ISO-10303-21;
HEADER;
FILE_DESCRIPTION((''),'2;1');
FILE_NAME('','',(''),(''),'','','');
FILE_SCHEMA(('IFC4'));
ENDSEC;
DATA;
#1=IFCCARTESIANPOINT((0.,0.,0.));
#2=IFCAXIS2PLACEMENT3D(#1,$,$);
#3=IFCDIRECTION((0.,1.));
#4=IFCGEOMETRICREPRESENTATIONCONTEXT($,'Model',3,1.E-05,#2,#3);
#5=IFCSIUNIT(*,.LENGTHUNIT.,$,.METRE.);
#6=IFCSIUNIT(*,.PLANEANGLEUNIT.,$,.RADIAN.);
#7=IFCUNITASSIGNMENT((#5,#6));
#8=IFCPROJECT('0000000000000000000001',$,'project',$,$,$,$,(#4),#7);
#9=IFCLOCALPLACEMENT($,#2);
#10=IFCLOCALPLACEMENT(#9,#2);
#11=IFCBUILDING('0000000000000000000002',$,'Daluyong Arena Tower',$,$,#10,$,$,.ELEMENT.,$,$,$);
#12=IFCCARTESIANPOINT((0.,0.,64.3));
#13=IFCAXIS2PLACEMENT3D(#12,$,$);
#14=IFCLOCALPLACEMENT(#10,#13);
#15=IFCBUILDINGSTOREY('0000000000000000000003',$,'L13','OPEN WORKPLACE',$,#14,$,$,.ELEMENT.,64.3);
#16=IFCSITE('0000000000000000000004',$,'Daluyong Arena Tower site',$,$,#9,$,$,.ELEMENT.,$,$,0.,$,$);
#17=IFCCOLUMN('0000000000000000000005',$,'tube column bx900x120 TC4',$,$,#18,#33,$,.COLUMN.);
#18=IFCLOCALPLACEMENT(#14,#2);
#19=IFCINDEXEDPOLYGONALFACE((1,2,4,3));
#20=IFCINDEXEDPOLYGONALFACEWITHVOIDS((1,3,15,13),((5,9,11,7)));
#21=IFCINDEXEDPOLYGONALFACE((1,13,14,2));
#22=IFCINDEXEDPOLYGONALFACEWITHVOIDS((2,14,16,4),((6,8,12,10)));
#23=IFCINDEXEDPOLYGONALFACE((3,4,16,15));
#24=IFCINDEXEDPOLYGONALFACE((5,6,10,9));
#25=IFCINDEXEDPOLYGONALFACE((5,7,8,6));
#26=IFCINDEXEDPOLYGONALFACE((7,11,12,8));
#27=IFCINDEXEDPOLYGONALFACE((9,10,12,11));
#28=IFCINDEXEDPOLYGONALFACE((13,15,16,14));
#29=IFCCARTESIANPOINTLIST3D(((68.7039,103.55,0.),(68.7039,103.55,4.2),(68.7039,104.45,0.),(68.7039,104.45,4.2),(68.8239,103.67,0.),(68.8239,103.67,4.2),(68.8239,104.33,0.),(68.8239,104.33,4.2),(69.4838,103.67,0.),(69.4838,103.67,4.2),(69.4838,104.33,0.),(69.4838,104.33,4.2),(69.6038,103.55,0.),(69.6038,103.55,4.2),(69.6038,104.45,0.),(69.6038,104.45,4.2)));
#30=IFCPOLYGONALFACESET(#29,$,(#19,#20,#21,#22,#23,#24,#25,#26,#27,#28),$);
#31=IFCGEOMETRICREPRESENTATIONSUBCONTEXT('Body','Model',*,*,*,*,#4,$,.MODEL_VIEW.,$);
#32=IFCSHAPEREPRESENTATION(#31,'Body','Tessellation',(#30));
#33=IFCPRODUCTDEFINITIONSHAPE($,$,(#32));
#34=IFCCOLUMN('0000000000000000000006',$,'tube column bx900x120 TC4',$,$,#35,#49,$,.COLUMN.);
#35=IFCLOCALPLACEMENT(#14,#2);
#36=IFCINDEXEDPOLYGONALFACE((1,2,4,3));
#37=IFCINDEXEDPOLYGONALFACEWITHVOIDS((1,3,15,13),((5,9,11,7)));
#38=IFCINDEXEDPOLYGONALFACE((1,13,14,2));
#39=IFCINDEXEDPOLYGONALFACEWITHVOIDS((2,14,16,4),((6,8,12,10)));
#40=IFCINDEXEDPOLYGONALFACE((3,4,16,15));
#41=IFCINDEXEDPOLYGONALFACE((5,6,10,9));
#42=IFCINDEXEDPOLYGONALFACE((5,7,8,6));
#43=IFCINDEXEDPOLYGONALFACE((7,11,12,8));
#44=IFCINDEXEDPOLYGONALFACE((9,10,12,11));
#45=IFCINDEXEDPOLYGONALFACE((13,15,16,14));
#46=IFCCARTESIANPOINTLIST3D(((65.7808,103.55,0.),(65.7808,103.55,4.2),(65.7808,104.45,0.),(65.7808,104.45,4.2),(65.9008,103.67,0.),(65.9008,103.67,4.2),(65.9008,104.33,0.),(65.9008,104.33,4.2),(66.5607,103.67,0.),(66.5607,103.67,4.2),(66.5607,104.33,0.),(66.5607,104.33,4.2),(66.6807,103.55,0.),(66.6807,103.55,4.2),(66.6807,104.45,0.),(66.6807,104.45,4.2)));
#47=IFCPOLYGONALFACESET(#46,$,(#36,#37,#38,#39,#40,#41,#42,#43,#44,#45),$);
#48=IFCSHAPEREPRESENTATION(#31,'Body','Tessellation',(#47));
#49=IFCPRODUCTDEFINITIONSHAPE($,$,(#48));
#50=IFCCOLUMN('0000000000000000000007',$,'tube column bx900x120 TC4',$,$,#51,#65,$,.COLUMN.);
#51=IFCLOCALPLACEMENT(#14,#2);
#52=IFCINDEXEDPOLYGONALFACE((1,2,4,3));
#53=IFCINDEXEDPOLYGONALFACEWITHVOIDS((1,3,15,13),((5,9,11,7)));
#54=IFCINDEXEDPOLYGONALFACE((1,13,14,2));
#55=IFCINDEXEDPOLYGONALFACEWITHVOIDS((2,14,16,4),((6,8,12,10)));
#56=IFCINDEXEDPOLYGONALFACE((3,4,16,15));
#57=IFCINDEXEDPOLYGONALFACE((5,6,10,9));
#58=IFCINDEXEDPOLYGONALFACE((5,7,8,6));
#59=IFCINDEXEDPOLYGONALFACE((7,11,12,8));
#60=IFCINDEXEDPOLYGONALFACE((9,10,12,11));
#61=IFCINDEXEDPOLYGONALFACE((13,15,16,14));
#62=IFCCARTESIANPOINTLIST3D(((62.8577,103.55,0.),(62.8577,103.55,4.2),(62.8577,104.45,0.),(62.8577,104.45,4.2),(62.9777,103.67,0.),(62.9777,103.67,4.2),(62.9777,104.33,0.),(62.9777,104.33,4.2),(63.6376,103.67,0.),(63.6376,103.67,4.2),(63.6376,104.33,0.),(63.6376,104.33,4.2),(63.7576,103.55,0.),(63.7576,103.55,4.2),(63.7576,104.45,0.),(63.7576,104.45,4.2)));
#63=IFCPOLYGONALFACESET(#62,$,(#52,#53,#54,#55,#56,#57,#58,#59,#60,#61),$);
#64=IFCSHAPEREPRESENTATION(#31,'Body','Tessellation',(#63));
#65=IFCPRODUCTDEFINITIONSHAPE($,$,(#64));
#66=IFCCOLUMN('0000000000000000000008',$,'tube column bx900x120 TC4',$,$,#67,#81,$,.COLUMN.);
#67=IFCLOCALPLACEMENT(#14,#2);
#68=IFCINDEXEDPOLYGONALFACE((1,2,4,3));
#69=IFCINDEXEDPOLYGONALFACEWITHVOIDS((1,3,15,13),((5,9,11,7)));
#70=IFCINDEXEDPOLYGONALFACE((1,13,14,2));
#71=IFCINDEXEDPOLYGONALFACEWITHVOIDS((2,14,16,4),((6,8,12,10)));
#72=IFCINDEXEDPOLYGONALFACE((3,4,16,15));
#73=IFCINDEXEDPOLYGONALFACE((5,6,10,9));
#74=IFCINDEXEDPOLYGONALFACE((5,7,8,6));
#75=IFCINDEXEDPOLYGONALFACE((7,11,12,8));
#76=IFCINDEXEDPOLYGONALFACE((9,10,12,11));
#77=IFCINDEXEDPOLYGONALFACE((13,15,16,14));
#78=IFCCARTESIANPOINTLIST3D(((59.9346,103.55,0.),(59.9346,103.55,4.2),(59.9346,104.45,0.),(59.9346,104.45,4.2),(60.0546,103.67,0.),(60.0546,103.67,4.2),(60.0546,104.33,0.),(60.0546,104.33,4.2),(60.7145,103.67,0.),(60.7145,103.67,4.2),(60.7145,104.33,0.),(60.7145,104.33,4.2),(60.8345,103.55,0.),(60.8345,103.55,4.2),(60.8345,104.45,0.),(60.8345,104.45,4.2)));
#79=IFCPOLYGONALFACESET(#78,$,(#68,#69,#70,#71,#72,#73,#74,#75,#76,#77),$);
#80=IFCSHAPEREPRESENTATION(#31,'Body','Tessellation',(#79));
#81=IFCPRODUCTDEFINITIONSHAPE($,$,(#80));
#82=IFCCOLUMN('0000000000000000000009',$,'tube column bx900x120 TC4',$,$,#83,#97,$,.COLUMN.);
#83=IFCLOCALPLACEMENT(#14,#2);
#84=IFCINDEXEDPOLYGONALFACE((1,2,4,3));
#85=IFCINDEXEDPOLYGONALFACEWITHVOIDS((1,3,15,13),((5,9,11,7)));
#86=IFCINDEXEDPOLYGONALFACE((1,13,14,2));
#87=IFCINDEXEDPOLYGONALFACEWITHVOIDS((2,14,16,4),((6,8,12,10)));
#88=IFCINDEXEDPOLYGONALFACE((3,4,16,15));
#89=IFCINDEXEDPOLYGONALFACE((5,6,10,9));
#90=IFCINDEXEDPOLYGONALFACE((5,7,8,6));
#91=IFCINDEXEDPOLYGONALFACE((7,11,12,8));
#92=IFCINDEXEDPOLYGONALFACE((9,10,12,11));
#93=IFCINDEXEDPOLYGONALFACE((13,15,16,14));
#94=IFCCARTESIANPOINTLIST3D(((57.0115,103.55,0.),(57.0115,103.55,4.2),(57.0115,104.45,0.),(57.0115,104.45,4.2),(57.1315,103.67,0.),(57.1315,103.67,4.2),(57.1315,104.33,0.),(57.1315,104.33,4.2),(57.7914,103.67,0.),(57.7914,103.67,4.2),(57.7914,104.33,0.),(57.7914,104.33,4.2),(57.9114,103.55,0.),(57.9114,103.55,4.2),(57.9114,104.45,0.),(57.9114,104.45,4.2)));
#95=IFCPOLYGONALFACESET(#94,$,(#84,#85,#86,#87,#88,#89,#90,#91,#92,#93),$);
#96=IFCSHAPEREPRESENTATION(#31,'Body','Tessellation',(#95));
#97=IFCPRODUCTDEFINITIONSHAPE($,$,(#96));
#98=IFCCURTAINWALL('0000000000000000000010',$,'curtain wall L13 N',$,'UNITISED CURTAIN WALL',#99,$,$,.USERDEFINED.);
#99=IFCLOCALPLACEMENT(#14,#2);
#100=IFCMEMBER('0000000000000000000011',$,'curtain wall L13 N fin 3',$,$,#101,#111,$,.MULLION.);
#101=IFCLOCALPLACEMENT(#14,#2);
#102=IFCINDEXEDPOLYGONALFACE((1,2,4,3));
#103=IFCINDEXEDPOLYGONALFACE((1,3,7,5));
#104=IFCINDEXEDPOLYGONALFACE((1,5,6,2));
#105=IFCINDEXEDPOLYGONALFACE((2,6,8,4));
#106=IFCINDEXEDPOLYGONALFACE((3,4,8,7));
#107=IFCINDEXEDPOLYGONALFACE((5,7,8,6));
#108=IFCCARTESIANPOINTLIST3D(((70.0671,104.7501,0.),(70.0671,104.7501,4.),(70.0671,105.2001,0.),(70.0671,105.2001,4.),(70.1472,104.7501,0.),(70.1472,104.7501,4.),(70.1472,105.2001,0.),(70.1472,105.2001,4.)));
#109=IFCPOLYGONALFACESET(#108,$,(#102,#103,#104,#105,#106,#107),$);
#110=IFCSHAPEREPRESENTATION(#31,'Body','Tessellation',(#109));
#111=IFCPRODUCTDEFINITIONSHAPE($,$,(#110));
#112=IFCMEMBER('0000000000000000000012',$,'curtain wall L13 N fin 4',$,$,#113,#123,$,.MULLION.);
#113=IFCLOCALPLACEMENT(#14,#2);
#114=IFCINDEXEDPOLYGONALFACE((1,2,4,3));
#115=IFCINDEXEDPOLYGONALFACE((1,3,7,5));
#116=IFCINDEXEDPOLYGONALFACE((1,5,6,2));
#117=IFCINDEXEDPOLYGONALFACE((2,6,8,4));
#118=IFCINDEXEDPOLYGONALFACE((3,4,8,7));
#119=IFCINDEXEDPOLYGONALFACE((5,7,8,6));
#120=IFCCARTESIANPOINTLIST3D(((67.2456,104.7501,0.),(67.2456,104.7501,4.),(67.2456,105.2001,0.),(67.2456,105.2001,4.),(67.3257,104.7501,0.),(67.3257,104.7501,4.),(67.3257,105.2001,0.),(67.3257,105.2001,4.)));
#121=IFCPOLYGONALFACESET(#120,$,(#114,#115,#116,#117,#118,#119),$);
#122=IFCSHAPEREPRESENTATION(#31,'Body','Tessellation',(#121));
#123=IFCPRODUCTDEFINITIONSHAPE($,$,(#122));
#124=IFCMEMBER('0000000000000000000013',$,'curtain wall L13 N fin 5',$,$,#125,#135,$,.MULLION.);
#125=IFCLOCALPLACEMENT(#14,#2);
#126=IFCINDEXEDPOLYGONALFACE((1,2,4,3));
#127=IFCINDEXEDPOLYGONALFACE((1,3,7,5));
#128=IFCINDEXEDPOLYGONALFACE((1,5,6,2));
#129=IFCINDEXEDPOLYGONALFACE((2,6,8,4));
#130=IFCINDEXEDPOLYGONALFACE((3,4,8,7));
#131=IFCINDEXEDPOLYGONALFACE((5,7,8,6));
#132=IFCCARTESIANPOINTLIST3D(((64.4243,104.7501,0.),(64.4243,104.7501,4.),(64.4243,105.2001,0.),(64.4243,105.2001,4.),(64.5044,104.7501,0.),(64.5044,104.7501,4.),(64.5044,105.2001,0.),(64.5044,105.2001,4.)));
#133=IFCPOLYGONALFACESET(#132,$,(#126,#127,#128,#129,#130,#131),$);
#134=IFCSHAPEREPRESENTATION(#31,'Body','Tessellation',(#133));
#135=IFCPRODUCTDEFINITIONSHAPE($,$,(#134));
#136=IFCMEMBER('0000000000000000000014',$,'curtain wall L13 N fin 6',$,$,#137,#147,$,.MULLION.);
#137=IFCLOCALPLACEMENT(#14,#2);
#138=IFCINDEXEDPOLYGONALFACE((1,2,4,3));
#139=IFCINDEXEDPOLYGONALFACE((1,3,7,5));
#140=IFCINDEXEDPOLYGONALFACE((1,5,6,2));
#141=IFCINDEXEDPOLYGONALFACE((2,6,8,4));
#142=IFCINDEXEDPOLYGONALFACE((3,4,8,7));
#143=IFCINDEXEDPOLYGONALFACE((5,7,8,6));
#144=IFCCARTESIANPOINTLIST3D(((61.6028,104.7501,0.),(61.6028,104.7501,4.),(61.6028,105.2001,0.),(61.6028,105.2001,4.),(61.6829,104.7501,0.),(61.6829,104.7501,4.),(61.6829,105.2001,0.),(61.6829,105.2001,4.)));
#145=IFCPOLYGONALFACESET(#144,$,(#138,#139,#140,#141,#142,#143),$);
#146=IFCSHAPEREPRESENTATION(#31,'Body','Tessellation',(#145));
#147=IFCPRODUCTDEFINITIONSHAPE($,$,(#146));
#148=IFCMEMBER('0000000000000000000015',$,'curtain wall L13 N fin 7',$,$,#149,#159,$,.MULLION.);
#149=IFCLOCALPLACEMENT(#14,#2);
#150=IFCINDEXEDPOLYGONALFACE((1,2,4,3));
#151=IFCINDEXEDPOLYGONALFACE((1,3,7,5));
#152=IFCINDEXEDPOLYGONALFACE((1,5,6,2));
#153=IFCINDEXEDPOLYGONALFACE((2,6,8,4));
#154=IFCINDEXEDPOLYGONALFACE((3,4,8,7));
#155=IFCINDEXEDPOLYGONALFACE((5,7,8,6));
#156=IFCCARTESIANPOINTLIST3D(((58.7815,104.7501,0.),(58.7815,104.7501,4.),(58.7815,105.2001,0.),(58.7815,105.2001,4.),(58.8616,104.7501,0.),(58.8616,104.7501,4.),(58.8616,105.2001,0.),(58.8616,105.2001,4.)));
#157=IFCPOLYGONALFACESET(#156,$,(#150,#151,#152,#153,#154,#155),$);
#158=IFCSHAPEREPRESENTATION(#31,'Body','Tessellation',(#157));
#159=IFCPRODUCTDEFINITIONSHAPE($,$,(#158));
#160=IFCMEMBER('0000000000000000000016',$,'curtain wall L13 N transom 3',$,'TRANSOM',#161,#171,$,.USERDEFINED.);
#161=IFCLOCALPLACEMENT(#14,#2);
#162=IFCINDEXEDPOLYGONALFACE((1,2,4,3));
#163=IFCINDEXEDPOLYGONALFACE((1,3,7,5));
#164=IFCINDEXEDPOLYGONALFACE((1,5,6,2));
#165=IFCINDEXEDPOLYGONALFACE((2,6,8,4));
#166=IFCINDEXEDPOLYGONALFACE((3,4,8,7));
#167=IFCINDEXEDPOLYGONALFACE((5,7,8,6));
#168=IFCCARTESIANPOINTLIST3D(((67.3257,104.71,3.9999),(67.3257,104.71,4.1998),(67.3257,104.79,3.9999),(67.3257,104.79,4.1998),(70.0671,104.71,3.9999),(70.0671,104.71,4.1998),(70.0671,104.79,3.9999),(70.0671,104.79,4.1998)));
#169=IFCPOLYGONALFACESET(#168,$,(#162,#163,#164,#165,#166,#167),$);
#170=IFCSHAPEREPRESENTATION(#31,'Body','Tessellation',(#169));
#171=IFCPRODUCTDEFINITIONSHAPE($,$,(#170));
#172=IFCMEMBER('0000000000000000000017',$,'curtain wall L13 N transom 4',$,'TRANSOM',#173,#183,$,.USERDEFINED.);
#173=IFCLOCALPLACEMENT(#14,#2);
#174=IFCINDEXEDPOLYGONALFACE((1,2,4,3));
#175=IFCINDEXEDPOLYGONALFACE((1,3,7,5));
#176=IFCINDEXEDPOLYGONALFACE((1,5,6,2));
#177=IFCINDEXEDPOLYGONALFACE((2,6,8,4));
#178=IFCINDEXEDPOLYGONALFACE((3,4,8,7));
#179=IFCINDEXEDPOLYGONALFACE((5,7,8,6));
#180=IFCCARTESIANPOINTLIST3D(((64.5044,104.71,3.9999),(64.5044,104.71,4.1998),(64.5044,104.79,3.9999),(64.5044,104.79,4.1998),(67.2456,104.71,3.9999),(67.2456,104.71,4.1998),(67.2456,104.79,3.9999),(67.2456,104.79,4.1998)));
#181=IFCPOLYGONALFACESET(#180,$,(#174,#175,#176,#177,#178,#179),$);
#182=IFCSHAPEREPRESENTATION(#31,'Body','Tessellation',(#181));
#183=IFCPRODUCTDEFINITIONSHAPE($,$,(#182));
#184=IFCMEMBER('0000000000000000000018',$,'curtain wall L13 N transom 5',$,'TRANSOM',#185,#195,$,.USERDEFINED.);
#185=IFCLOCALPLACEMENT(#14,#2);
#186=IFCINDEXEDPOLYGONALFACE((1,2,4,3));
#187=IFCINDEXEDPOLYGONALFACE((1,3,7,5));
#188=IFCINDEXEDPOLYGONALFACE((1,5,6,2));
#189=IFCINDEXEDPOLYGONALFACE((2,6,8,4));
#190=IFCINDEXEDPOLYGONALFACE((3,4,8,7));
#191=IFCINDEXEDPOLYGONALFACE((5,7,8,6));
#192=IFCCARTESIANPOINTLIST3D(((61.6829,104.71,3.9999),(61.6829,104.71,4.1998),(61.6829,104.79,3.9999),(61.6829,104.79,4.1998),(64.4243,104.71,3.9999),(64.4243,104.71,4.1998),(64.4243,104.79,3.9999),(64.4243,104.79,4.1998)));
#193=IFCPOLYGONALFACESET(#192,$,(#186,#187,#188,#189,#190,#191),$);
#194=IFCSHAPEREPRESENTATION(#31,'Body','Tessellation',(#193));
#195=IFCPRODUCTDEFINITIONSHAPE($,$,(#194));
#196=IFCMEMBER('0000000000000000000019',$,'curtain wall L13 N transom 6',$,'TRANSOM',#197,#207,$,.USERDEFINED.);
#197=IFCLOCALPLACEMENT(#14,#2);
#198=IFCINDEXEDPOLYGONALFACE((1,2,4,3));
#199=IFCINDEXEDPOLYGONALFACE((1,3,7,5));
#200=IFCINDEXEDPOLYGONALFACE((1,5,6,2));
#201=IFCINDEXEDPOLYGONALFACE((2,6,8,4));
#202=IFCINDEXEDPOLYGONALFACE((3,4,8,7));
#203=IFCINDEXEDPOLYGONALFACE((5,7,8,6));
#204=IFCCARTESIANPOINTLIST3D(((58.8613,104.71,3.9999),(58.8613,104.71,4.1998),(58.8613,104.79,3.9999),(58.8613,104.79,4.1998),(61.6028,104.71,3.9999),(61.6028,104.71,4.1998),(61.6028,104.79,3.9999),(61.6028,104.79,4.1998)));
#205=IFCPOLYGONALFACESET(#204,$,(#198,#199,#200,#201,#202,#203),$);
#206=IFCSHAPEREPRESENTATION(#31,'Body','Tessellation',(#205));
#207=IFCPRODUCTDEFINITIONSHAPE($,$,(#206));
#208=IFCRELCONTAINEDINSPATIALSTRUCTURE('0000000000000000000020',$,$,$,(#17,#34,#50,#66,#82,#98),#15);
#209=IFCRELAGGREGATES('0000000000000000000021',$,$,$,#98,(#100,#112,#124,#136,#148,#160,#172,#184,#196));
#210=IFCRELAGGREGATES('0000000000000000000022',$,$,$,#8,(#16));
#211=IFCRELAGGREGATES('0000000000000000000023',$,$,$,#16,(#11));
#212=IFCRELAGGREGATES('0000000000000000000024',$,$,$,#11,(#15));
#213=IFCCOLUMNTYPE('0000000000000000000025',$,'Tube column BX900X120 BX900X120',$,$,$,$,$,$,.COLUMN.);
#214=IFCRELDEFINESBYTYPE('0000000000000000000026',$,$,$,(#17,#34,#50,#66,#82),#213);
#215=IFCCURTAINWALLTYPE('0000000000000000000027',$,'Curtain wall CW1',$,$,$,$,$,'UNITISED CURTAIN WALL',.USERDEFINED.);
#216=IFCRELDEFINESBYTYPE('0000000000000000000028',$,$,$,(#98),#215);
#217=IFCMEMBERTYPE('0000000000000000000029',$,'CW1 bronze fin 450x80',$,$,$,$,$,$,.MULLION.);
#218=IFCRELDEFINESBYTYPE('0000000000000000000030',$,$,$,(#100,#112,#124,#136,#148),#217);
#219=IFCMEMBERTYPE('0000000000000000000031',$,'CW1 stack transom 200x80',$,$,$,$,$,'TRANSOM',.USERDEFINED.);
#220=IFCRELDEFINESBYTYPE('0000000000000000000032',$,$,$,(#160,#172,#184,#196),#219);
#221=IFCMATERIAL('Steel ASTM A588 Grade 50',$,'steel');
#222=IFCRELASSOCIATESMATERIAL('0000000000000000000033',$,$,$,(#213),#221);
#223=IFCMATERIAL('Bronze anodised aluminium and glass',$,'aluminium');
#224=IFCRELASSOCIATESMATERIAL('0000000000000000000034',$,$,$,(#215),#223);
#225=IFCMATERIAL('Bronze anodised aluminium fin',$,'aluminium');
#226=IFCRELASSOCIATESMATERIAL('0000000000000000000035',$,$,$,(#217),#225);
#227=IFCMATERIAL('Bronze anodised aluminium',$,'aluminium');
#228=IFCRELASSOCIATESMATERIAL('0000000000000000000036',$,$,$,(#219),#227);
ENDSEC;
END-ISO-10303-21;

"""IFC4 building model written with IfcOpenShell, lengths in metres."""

from ifc_helpers import new_model, si_unit, direction, frame, origin, origin_2d, place, context, subcontext, project, spatial, rectangle, hollow_rectangle, extrude, material, material_profile, profile_set, type_object, element, aggregate, save


model = new_model("IFC4")

# Units and contexts
model_context = context("Model", 3, precision=1e-05, world=origin(), true_north=direction((0.0, 1.0)))
body_context = subcontext(model_context, "Body", "Model", "MODEL_VIEW")
ifc_project = project(units=[si_unit("LENGTHUNIT", "METRE"), si_unit("PLANEANGLEUNIT", "RADIAN")], contexts=[model_context])

# Site, building, storey
site_placement = place(None, origin())
site = spatial("IfcSite", under=ifc_project, at=site_placement, Name="Daluyong Arena Tower site", CompositionType="ELEMENT", RefElevation=0.0)
building_placement = place(site_placement, origin())
building = spatial("IfcBuilding", under=site, at=building_placement, Name="Daluyong Arena Tower", CompositionType="ELEMENT")
storey_placement = place(building_placement, frame((0.0, 0.0, 64.3)))
storey = spatial("IfcBuildingStorey", under=building, at=storey_placement, Name="L13", Description="OPEN WORKPLACE", CompositionType="ELEMENT", Elevation=64.3)

# Columns
ifc_material_1 = material(Name="Steel ASTM A588 Grade 50", Category="steel")
ifc_material_profile_1 = material_profile(ifc_material_1, hollow_rectangle(XDim=0.8999, YDim=0.8999, WallThickness=0.12, at=origin_2d()))
ifc_profile_set_1 = profile_set([ifc_material_profile_1], Name="Steel ASTM A588 Grade 50")
column_type = type_object("IfcColumnType", Name="Tube column BX900X120 BX900X120", PredefinedType="COLUMN", material=ifc_profile_set_1)
for number, where, z_axis, x_axis, name in (
    (1, (69.1538, 104.0, 0.0), (0.0, 0.0, 1.0), (1.0, 0.0, 0.0), "tube column bx900x120 TC4"),
    (2, (66.2307, 104.0, 0.0), (0.0, 0.0, 1.0), (1.0, 0.0, 0.0), "tube column bx900x120 TC4"),
    (3, (63.3076, 104.0, 0.0), (0.0, 0.0, 1.0), (1.0, 0.0, 0.0), "tube column bx900x120 TC4"),
    (4, (60.3845, 104.0, 0.0), (0.0, 0.0, 1.0), (1.0, 0.0, 0.0), "tube column bx900x120 TC4"),
    (5, (57.4614, 104.0, 0.0), (0.0, 0.0, 1.0), (1.0, 0.0, 0.0), "tube column bx900x120 TC4"),
):
    element("IfcColumn", number, at=place(storey_placement, frame(where, z_axis=z_axis, x_axis=x_axis)), inside=storey, type_object=column_type, Name=name, PredefinedType="COLUMN", context=body_context, shape_type="SweptSolid", body=[
        extrude(hollow_rectangle(XDim=0.8999, YDim=0.8999, WallThickness=0.12, at=origin_2d()), origin(), (0.0, 0.0, 1.0), 4.2),
    ])

# Curtain wall, members
ifc_material_2 = material(Name="Bronze anodised aluminium and glass", Category="aluminium")
curtain_wall_type = type_object("IfcCurtainWallType", Name="Curtain wall CW1", ElementType="UNITISED CURTAIN WALL", PredefinedType="USERDEFINED", material=ifc_material_2)
curtain_wall_placement = place(storey_placement, origin())
curtain_wall = element("IfcCurtainWall", 6, at=curtain_wall_placement, inside=storey, type_object=curtain_wall_type, Name="curtain wall L13 N", ObjectType="UNITISED CURTAIN WALL", PredefinedType="USERDEFINED")
ifc_material_3 = material(Name="Bronze anodised aluminium fin", Category="aluminium")
ifc_material_profile_2 = material_profile(ifc_material_3, rectangle(XDim=0.45, YDim=0.0801, at=origin_2d()))
ifc_profile_set_2 = profile_set([ifc_material_profile_2], Name="Bronze anodised aluminium fin")
member_type_1 = type_object("IfcMemberType", Name="CW1 bronze fin 450x80", PredefinedType="MULLION", material=ifc_profile_set_2)
member_1_placement = place(storey_placement, frame((70.1072, 104.9751, 0.0), z_axis=(0.0, 0.0, 1.0), x_axis=(0.0, -1.0, 0.0)))
member_1 = element("IfcMember", 7, at=member_1_placement, type_object=member_type_1, Name="curtain wall L13 N fin 3", PredefinedType="MULLION", context=body_context, shape_type="SweptSolid", body=[
    extrude(rectangle(XDim=0.45, YDim=0.0801, at=origin_2d()), origin(), (0.0, 0.0, 1.0), 4.0),
])
member_2_placement = place(storey_placement, frame((67.2856, 104.9751, 0.0), z_axis=(0.0, 0.0, 1.0), x_axis=(0.0, -1.0, 0.0)))
member_2 = element("IfcMember", 8, at=member_2_placement, type_object=member_type_1, Name="curtain wall L13 N fin 4", PredefinedType="MULLION", context=body_context, shape_type="SweptSolid", body=[
    extrude(rectangle(XDim=0.45, YDim=0.0801, at=origin_2d()), origin(), (0.0, 0.0, 1.0), 4.0),
])
member_3_placement = place(storey_placement, frame((64.4644, 104.9751, 0.0), z_axis=(0.0, 0.0, 1.0), x_axis=(0.0, -1.0, 0.0)))
member_3 = element("IfcMember", 9, at=member_3_placement, type_object=member_type_1, Name="curtain wall L13 N fin 5", PredefinedType="MULLION", context=body_context, shape_type="SweptSolid", body=[
    extrude(rectangle(XDim=0.45, YDim=0.0801, at=origin_2d()), origin(), (0.0, 0.0, 1.0), 4.0),
])
member_4_placement = place(storey_placement, frame((61.6428, 104.9751, 0.0), z_axis=(0.0, 0.0, 1.0), x_axis=(0.0, -1.0, 0.0)))
member_4 = element("IfcMember", 10, at=member_4_placement, type_object=member_type_1, Name="curtain wall L13 N fin 6", PredefinedType="MULLION", context=body_context, shape_type="SweptSolid", body=[
    extrude(rectangle(XDim=0.45, YDim=0.0801, at=origin_2d()), origin(), (0.0, 0.0, 1.0), 4.0),
])
member_5_placement = place(storey_placement, frame((58.8215, 104.9751, 0.0), z_axis=(0.0, 0.0, 1.0), x_axis=(0.0, -1.0, 0.0)))
member_5 = element("IfcMember", 11, at=member_5_placement, type_object=member_type_1, Name="curtain wall L13 N fin 7", PredefinedType="MULLION", context=body_context, shape_type="SweptSolid", body=[
    extrude(rectangle(XDim=0.45, YDim=0.0801, at=origin_2d()), origin(), (0.0, 0.0, 1.0), 4.0),
])
ifc_material_4 = material(Name="Bronze anodised aluminium", Category="aluminium")
ifc_material_profile_3 = material_profile(ifc_material_4, rectangle(XDim=0.0801, YDim=0.2, at=origin_2d()))
ifc_profile_set_3 = profile_set([ifc_material_profile_3], Name="Bronze anodised aluminium")
member_type_2 = type_object("IfcMemberType", Name="CW1 stack transom 200x80", ElementType="TRANSOM", PredefinedType="USERDEFINED", material=ifc_profile_set_3)
member_6_placement = place(storey_placement, frame((70.0671, 104.75, 4.0999), z_axis=(-1.0, 0.0, 0.0), x_axis=(0.0, -1.0, 0.0)))
member_6 = element("IfcMember", 12, at=member_6_placement, type_object=member_type_2, Name="curtain wall L13 N transom 3", ObjectType="TRANSOM", PredefinedType="USERDEFINED", context=body_context, shape_type="SweptSolid", body=[
    extrude(rectangle(XDim=0.0801, YDim=0.2, at=origin_2d()), origin(), (0.0, 0.0, 1.0), 2.7415),
])
member_7_placement = place(storey_placement, frame((67.2456, 104.75, 4.0999), z_axis=(-1.0, 0.0, 0.0), x_axis=(0.0, -1.0, 0.0)))
member_7 = element("IfcMember", 13, at=member_7_placement, type_object=member_type_2, Name="curtain wall L13 N transom 4", ObjectType="TRANSOM", PredefinedType="USERDEFINED", context=body_context, shape_type="SweptSolid", body=[
    extrude(rectangle(XDim=0.0801, YDim=0.2, at=origin_2d()), origin(), (0.0, 0.0, 1.0), 2.7412),
])
member_8_placement = place(storey_placement, frame((64.4243, 104.75, 4.0999), z_axis=(-1.0, 0.0, 0.0), x_axis=(0.0, -1.0, 0.0)))
member_8 = element("IfcMember", 14, at=member_8_placement, type_object=member_type_2, Name="curtain wall L13 N transom 5", ObjectType="TRANSOM", PredefinedType="USERDEFINED", context=body_context, shape_type="SweptSolid", body=[
    extrude(rectangle(XDim=0.0801, YDim=0.2, at=origin_2d()), origin(), (0.0, 0.0, 1.0), 2.7415),
])
member_9_placement = place(storey_placement, frame((61.6028, 104.75, 4.0999), z_axis=(-1.0, 0.0, 0.0), x_axis=(0.0, -1.0, 0.0)))
member_9 = element("IfcMember", 15, at=member_9_placement, type_object=member_type_2, Name="curtain wall L13 N transom 6", ObjectType="TRANSOM", PredefinedType="USERDEFINED", context=body_context, shape_type="SweptSolid", body=[
    extrude(rectangle(XDim=0.0801, YDim=0.2, at=origin_2d()), origin(), (0.0, 0.0, 1.0), 2.7415),
])

aggregate(curtain_wall, [member_1, member_2, member_3, member_4, member_5, member_6, member_7, member_8, member_9])

save(model, "model.ifc")
